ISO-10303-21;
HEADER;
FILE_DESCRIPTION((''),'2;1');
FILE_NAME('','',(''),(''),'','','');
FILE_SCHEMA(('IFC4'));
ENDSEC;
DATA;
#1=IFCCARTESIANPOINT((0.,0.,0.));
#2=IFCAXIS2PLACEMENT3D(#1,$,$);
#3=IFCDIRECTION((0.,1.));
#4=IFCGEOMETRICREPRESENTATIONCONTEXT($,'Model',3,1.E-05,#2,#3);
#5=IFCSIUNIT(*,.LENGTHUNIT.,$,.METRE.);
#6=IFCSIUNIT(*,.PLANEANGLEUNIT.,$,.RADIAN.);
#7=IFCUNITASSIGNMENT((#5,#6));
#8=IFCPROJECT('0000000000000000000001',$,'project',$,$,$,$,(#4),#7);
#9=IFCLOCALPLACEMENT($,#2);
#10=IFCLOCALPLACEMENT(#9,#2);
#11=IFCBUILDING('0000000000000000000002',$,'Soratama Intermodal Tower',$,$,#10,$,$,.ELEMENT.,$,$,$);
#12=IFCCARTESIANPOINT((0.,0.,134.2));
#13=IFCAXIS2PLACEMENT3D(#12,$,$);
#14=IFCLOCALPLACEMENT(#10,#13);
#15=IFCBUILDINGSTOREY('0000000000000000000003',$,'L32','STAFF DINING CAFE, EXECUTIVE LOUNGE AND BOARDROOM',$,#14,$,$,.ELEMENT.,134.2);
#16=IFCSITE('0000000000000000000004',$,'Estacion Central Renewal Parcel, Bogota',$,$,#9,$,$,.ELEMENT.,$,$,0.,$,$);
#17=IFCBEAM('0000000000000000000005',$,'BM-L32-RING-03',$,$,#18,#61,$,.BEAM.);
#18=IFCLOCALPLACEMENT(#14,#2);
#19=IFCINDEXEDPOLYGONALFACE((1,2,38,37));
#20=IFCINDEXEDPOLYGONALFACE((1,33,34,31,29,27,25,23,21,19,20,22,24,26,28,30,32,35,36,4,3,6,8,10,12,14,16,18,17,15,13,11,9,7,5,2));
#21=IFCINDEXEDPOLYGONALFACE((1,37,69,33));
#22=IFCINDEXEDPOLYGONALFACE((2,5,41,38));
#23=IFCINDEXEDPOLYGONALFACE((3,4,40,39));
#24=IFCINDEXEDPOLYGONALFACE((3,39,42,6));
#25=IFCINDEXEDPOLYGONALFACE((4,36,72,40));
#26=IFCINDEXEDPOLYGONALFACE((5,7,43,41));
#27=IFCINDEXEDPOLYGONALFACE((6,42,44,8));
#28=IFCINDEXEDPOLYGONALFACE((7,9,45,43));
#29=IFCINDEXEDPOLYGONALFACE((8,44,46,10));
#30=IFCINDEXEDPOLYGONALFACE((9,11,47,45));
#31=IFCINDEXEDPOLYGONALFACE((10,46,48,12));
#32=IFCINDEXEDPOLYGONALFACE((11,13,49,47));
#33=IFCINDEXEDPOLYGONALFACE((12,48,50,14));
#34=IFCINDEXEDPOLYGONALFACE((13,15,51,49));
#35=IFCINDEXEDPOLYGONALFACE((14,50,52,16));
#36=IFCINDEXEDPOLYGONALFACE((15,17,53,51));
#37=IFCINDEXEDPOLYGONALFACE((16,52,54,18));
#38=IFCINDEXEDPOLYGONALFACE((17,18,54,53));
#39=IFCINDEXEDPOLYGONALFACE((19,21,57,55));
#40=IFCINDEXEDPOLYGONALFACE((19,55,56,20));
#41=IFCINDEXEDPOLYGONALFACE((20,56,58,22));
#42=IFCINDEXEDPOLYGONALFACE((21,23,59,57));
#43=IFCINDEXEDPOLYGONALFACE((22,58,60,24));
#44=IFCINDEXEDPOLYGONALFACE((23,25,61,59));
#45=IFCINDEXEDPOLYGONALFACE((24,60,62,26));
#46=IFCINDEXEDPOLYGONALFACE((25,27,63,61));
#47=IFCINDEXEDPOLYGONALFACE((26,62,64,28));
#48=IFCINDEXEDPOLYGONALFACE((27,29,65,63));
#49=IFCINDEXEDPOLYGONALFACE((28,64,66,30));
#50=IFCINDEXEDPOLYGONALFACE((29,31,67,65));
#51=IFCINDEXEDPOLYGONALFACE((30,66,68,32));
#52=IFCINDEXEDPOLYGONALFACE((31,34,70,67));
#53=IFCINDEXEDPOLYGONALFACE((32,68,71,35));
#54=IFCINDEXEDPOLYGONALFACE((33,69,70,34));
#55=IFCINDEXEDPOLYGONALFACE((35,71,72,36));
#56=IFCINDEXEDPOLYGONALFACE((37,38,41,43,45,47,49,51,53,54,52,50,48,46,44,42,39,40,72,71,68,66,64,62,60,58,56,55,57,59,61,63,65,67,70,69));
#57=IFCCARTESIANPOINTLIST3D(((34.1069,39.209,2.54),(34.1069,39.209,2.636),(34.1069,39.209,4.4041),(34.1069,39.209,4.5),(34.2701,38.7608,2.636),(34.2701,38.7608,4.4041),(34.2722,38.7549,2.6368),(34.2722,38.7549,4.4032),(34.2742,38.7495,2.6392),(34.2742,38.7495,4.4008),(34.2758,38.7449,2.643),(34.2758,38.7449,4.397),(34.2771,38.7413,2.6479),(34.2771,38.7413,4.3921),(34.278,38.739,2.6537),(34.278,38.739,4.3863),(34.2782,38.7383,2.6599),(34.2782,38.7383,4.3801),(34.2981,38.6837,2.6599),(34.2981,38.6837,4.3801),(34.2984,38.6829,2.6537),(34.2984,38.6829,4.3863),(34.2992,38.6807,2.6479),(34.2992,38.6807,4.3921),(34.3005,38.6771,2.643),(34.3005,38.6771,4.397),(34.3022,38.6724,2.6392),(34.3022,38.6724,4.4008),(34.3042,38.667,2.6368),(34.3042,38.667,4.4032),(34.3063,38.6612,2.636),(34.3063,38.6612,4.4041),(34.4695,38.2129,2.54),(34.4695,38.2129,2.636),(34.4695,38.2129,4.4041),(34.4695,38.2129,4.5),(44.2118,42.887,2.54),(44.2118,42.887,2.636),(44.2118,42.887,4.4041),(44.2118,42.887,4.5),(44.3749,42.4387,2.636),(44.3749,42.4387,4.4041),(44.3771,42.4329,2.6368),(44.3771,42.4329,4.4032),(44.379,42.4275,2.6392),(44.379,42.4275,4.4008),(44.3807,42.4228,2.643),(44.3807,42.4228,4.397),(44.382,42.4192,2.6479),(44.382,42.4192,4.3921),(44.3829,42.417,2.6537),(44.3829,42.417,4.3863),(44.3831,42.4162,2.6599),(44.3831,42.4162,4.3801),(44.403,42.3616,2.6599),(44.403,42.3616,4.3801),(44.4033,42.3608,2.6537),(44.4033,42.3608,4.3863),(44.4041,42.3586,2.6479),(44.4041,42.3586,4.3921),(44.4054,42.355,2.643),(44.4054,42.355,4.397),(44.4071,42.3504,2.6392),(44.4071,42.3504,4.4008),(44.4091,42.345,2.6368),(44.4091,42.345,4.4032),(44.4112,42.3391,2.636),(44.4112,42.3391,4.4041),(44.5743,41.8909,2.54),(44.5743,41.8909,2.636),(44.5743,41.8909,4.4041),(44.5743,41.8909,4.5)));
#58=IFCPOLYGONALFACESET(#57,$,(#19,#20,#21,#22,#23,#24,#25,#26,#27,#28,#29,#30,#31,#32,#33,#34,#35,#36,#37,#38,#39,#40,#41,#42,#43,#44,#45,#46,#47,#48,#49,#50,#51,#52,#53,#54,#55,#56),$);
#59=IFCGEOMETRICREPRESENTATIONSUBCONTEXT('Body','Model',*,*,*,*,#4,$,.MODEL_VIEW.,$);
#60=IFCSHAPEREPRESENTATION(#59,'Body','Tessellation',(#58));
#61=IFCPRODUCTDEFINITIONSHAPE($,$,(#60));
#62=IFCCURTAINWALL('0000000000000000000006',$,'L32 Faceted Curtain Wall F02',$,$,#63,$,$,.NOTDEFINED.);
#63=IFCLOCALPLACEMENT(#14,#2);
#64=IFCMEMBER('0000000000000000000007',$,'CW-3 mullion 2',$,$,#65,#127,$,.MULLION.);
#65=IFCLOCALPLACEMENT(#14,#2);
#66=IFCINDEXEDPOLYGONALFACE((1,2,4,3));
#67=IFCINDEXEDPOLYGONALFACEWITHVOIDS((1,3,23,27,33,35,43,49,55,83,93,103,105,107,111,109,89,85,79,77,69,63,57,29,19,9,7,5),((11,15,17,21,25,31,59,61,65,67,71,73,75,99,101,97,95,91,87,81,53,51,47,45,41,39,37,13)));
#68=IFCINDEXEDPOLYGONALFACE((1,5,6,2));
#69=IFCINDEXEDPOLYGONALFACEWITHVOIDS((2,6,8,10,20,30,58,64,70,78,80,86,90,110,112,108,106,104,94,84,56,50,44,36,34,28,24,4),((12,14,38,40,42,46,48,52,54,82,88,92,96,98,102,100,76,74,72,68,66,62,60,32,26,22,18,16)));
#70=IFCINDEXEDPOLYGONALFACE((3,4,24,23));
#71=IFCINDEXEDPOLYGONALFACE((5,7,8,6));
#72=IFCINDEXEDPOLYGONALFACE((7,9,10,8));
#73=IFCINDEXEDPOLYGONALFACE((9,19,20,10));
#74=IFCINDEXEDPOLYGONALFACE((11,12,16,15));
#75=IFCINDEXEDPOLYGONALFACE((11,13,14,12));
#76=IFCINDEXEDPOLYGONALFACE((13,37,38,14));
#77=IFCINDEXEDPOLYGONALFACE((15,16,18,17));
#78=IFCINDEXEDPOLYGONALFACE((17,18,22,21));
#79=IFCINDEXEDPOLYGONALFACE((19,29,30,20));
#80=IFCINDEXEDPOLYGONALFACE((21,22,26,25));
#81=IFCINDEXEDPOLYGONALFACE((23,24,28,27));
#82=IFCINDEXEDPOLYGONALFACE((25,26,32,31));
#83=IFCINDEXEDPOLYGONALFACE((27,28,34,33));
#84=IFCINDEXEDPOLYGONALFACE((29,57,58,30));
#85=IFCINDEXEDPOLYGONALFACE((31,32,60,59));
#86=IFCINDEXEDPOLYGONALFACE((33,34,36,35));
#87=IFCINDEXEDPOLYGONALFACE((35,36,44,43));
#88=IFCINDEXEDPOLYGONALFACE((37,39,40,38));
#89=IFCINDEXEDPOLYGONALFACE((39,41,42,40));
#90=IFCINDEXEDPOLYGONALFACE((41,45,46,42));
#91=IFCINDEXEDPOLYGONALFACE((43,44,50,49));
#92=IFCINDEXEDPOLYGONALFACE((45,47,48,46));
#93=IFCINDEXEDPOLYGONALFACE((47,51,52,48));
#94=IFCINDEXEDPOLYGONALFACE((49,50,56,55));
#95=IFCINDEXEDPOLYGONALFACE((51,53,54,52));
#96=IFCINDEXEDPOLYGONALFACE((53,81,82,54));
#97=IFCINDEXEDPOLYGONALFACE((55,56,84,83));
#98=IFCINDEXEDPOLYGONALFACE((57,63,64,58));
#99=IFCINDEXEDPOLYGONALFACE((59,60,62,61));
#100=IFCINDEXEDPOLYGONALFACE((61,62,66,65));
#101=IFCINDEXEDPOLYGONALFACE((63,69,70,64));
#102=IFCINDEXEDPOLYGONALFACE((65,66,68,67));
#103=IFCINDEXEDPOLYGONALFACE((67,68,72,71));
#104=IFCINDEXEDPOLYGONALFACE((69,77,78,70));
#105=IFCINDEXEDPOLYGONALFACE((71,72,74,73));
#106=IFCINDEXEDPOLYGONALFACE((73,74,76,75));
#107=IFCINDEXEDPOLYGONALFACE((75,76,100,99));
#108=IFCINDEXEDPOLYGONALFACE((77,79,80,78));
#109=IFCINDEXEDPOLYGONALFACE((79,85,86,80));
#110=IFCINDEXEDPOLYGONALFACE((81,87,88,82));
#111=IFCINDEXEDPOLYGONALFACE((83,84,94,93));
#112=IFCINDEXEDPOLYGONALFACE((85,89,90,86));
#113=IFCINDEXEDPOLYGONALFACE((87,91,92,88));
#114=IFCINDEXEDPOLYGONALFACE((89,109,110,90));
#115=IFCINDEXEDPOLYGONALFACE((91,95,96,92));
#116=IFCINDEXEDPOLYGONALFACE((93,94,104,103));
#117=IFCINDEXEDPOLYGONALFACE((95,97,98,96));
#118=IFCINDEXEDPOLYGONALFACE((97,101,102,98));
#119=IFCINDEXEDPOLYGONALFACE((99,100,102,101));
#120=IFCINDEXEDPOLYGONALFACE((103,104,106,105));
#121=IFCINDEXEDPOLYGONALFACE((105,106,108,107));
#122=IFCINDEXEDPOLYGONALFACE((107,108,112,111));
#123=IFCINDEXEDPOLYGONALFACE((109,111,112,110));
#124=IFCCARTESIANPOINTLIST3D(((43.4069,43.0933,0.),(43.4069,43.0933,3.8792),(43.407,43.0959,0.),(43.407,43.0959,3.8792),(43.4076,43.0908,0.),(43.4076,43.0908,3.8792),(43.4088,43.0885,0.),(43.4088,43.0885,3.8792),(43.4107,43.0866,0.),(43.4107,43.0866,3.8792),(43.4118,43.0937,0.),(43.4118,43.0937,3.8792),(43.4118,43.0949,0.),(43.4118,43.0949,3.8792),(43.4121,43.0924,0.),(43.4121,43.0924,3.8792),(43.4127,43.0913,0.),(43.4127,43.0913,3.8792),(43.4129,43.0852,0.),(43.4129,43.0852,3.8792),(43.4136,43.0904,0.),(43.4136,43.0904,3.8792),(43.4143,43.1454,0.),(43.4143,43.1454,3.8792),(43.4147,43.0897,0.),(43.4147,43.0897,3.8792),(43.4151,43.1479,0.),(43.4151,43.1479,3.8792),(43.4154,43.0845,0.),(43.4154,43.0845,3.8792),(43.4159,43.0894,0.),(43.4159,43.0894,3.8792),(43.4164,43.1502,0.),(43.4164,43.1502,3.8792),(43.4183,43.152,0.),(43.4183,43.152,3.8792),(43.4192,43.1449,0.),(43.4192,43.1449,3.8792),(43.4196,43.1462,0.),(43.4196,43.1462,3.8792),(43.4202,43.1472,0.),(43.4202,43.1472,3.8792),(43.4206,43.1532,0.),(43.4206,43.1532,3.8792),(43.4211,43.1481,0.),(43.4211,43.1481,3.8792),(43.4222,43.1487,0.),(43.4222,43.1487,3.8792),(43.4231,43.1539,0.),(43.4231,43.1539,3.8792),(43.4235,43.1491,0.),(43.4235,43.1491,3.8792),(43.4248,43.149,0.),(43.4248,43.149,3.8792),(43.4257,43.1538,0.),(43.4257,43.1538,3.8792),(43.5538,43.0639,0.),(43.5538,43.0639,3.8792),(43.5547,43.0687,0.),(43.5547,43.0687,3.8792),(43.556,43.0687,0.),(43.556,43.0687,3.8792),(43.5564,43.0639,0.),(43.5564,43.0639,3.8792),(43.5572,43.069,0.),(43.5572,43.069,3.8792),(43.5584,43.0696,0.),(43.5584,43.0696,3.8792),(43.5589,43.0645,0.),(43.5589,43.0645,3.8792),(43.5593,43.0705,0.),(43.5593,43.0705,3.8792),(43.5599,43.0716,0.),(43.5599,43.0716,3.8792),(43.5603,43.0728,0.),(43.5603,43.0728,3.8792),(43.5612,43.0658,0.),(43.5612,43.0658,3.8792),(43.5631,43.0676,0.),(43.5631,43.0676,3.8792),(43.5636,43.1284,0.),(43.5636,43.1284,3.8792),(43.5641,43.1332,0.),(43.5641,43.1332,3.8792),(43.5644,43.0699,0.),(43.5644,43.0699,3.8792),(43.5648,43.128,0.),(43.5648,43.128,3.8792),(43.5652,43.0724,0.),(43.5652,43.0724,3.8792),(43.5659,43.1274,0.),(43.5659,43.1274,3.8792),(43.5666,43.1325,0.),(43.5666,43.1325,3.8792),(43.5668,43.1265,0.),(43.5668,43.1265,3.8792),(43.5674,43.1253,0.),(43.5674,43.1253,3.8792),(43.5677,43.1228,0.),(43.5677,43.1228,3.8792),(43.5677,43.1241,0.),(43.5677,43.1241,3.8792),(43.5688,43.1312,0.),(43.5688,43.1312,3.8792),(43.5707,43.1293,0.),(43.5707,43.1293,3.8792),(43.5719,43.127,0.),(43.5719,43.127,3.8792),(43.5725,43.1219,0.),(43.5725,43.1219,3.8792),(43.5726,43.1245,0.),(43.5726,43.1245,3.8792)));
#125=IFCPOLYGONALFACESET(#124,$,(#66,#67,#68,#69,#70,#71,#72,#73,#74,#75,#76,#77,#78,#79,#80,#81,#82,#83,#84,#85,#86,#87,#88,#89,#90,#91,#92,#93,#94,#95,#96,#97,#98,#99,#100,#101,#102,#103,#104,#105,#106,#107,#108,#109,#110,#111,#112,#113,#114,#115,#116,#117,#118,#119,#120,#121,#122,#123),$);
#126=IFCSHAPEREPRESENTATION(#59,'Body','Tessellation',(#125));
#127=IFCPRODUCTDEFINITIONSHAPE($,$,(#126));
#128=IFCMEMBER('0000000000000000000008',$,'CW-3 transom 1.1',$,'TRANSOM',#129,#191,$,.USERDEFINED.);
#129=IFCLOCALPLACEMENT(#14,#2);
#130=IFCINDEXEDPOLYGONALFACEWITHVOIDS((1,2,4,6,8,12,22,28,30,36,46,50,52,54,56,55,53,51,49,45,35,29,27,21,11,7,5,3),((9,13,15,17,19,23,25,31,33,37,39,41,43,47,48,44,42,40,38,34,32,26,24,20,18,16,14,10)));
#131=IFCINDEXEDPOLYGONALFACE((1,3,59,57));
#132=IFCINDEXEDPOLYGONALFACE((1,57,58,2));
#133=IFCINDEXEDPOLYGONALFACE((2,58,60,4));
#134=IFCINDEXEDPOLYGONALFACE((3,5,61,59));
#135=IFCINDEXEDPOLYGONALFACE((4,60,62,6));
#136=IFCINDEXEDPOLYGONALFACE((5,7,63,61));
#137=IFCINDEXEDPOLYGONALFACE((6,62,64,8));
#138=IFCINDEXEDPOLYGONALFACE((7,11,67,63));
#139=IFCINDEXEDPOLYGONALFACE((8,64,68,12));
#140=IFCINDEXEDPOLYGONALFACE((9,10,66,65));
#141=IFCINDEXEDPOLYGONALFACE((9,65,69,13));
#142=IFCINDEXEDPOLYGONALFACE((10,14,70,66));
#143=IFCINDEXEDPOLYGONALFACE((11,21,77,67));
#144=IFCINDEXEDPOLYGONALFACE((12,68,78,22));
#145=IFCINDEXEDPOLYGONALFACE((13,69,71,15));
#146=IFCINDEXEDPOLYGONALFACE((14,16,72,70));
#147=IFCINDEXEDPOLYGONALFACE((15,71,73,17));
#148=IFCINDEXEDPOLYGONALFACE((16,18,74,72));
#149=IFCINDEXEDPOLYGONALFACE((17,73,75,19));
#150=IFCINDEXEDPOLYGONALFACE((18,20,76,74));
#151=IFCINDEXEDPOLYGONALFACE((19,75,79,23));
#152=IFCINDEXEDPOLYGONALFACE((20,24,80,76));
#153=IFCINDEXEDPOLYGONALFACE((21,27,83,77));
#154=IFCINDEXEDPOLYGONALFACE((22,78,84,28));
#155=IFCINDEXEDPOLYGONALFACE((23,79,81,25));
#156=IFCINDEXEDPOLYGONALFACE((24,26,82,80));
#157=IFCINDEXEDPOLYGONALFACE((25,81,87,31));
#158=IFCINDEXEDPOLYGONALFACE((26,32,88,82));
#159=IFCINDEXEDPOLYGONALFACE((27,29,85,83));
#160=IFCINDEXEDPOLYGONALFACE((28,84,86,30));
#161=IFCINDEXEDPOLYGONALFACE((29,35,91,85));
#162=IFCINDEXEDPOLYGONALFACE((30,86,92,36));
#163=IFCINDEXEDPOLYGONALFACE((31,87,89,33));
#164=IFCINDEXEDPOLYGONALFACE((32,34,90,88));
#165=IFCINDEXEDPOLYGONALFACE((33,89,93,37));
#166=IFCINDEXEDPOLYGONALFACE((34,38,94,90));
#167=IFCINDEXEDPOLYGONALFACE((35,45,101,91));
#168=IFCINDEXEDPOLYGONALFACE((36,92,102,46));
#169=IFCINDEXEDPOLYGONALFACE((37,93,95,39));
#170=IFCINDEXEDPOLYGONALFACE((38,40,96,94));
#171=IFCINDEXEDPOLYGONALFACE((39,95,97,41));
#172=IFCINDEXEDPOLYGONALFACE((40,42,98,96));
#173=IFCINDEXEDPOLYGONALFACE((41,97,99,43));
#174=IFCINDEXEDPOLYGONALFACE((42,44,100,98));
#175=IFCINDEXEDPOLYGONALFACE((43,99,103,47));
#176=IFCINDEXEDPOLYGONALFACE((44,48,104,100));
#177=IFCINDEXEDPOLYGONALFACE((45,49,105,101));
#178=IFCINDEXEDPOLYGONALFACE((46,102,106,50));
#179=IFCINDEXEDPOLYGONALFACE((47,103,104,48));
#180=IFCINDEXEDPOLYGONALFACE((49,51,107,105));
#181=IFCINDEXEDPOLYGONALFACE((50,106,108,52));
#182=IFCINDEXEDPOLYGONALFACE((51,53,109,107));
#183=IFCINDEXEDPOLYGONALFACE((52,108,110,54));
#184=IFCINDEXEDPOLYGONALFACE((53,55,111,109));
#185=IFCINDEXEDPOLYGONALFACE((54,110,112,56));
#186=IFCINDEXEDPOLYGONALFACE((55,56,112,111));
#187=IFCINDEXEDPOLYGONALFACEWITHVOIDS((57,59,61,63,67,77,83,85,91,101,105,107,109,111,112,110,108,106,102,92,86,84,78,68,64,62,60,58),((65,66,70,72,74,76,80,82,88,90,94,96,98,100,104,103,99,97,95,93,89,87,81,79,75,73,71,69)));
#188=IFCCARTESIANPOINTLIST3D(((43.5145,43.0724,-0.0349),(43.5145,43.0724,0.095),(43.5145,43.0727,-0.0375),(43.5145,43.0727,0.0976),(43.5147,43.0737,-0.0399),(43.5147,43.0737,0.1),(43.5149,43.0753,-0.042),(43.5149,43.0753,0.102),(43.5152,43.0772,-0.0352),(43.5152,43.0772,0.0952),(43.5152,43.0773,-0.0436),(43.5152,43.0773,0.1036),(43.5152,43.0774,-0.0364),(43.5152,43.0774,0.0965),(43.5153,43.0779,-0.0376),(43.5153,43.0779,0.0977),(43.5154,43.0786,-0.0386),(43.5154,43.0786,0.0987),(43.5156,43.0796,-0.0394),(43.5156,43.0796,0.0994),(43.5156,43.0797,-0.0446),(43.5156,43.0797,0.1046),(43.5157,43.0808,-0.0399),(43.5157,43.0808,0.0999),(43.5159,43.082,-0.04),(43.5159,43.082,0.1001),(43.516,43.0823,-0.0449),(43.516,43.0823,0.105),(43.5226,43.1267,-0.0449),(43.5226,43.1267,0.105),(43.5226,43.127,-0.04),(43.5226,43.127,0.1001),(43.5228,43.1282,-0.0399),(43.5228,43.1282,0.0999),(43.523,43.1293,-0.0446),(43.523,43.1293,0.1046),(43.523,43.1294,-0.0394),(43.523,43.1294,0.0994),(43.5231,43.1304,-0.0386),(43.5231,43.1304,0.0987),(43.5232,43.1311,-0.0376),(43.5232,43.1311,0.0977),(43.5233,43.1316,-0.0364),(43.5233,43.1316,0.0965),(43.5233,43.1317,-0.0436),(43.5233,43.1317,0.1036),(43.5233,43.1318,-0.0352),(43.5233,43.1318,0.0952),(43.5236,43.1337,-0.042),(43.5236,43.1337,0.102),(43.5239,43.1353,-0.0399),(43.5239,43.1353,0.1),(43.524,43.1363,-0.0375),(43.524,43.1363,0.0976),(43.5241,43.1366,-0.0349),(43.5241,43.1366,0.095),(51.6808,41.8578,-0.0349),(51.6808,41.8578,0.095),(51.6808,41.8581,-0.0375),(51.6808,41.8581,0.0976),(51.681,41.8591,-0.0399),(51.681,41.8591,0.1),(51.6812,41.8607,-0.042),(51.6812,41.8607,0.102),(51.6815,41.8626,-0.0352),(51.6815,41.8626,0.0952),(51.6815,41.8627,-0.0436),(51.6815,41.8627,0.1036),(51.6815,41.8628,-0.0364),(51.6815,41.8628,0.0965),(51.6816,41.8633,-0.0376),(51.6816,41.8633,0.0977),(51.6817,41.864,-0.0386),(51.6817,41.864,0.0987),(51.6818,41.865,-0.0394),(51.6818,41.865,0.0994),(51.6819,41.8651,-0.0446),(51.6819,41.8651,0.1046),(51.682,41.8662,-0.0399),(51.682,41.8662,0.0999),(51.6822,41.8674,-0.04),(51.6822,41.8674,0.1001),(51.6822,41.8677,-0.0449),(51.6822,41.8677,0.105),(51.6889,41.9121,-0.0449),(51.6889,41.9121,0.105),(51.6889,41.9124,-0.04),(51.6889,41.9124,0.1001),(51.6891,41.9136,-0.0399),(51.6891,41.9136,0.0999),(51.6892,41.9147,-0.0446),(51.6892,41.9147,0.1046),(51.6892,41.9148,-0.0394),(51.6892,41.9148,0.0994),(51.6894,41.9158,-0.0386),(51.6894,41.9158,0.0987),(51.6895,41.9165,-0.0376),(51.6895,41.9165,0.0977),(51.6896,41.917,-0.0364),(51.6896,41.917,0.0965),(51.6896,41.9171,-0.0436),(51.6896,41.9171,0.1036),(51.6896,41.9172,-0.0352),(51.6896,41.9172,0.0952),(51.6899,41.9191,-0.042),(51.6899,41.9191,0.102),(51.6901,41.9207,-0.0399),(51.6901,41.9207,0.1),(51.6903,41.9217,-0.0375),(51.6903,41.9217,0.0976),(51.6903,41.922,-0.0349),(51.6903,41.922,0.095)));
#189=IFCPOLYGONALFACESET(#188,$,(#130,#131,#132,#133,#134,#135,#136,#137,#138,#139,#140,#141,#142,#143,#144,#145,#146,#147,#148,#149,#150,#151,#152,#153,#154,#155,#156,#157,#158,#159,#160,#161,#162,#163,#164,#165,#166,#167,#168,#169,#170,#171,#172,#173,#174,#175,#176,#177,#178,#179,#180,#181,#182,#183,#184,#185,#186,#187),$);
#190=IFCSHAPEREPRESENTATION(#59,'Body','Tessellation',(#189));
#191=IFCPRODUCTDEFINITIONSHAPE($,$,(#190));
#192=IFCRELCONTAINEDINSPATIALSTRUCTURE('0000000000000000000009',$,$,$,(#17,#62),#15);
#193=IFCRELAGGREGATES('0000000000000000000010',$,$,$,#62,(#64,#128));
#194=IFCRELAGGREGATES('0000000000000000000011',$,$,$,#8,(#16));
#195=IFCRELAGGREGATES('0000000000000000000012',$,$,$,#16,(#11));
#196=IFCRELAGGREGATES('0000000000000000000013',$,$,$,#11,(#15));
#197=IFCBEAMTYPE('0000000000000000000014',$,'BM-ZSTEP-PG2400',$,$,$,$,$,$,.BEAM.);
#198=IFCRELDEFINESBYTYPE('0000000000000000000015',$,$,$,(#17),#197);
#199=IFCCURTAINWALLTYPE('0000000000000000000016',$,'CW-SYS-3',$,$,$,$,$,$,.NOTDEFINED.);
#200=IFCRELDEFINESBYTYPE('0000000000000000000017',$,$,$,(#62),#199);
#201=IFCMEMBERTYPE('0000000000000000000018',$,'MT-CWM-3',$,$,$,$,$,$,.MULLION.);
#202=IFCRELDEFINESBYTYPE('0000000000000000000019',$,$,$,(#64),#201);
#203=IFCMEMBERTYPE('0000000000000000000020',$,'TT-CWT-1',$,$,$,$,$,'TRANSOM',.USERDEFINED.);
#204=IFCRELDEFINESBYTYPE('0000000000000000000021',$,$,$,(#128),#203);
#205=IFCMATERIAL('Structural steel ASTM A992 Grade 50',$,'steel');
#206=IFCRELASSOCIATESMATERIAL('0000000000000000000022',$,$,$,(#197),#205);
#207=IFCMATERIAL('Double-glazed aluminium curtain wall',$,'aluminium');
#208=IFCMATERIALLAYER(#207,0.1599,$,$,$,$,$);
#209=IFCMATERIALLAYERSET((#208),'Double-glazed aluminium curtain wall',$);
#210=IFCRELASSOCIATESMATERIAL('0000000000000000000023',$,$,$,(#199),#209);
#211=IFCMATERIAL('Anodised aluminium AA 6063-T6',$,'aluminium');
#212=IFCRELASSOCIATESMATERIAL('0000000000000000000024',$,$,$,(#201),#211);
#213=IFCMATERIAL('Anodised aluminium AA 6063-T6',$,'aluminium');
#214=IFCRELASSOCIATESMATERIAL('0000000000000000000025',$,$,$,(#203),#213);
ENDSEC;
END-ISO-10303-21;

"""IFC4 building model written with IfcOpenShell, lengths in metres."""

from ifc_helpers import new_model, si_unit, direction, frame, origin, origin_2d, place, context, subcontext, project, spatial, hollow_rectangle, i_section, extrude, material, layer, layer_set, material_profile, profile_set, type_object, element, aggregate, save


model = new_model("IFC4")

# Units and contexts
model_context = context("Model", 3, precision=1e-05, world=origin(), true_north=direction((0.0, 1.0)))
body_context = subcontext(model_context, "Body", "Model", "MODEL_VIEW")
ifc_project = project(units=[si_unit("LENGTHUNIT", "METRE"), si_unit("PLANEANGLEUNIT", "RADIAN")], contexts=[model_context])

# Site, building, storey
site_placement = place(None, origin())
site = spatial("IfcSite", under=ifc_project, at=site_placement, Name="Estacion Central Renewal Parcel, Bogota", CompositionType="ELEMENT", RefElevation=0.0)
building_placement = place(site_placement, origin())
building = spatial("IfcBuilding", under=site, at=building_placement, Name="Soratama Intermodal Tower", CompositionType="ELEMENT")
storey_placement = place(building_placement, frame((0.0, 0.0, 134.2)))
storey = spatial("IfcBuildingStorey", under=building, at=storey_placement, Name="L32", Description="STAFF DINING CAFE, EXECUTIVE LOUNGE AND BOARDROOM", CompositionType="ELEMENT", Elevation=134.2)

# Beam
ifc_material_1 = material(Name="Structural steel ASTM A992 Grade 50", Category="steel")
ifc_material_profile_1 = material_profile(ifc_material_1, i_section(OverallWidth=1.0601, OverallDepth=1.96, WebThickness=0.0581, FlangeThickness=0.0959, FilletRadius=0.0239, at=origin_2d()), Name="PG2400X900")
ifc_profile_set_1 = profile_set([ifc_material_profile_1], Name="Structural steel ASTM A992 Grade 50")
beam_type_1 = type_object("IfcBeamType", Name="BM-ZSTEP-PG2400", PredefinedType="BEAM", material=ifc_profile_set_1)
beam_1_placement = place(storey_placement, frame((44.3931, 42.3889, 3.52), z_axis=(-0.939691, -0.342026, 0.0), x_axis=(0.342026, -0.939691, 0.0)))
element("IfcBeam", 1, at=beam_1_placement, inside=storey, type_object=beam_type_1, Name="BM-L32-RING-03", PredefinedType="BEAM", context=body_context, shape_type="SweptSolid", body=[
    extrude(i_section(OverallWidth=1.0601, OverallDepth=1.96, WebThickness=0.0581, FlangeThickness=0.0959, FilletRadius=0.0239, at=origin_2d()), origin(), (0.0, 0.0, 1.0), 10.7534),
])

# Curtain wall, members
ifc_material_2 = material(Name="Double-glazed aluminium curtain wall", Category="aluminium")
ifc_layer_1 = layer(ifc_material_2, 0.1599)
ifc_layer_set_1 = layer_set([ifc_layer_1], Name="Double-glazed aluminium curtain wall")
curtain_wall_type = type_object("IfcCurtainWallType", Name="CW-SYS-3", PredefinedType="NOTDEFINED", material=ifc_layer_set_1)
curtain_wall_placement = place(storey_placement, origin())
curtain_wall = element("IfcCurtainWall", 2, at=curtain_wall_placement, inside=storey, type_object=curtain_wall_type, Name="L32 Faceted Curtain Wall F02", PredefinedType="NOTDEFINED")
ifc_material_3 = material(Name="Anodised aluminium AA 6063-T6", Category="aluminium")
ifc_material_profile_2 = material_profile(ifc_material_3, hollow_rectangle(XDim=0.0701, YDim=0.1599, WallThickness=0.0049, InnerFilletRadius=0.0049, OuterFilletRadius=0.01, at=origin_2d()), Name="CWM160X70X5")
ifc_profile_set_2 = profile_set([ifc_material_profile_2], Name="Anodised aluminium AA 6063-T6")
member_type_1 = type_object("IfcMemberType", Name="MT-CWM-3", PredefinedType="MULLION", material=ifc_profile_set_2)
member_1_placement = place(storey_placement, frame((43.4897, 43.1089, 0.0), z_axis=(0.0, 0.0, 1.0), x_axis=(-0.14712, -0.989119, 0.0)))
member_1 = element("IfcMember", 3, at=member_1_placement, type_object=member_type_1, Name="CW-3 mullion 2", PredefinedType="MULLION", context=body_context, shape_type="SweptSolid", body=[
    extrude(hollow_rectangle(XDim=0.0701, YDim=0.1599, WallThickness=0.0049, InnerFilletRadius=0.0049, OuterFilletRadius=0.01, at=origin_2d()), origin(), (0.0, 0.0, 1.0), 3.8792),
])
ifc_material_4 = material(Name="Anodised aluminium AA 6063-T6", Category="aluminium")
ifc_material_profile_3 = material_profile(ifc_material_4, hollow_rectangle(XDim=0.0649, YDim=0.1499, WallThickness=0.0049, InnerFilletRadius=0.0049, OuterFilletRadius=0.01, at=origin_2d()), Name="CWT150X65X5")
ifc_profile_set_3 = profile_set([ifc_material_profile_3], Name="Anodised aluminium AA 6063-T6")
member_type_2 = type_object("IfcMemberType", Name="TT-CWT-1", ElementType="TRANSOM", PredefinedType="USERDEFINED", material=ifc_profile_set_3)
member_2_placement = place(storey_placement, frame((51.6855, 41.8899, 0.03), z_axis=(-0.989119, 0.147116, 0.0), x_axis=(-0.147116, -0.989119, 0.0)))
member_2 = element("IfcMember", 4, at=member_2_placement, type_object=member_type_2, Name="CW-3 transom 1.1", ObjectType="TRANSOM", PredefinedType="USERDEFINED", context=body_context, shape_type="SweptSolid", body=[
    extrude(hollow_rectangle(XDim=0.0649, YDim=0.1499, WallThickness=0.0049, InnerFilletRadius=0.0049, OuterFilletRadius=0.01, at=origin_2d()), origin(), (0.0, 0.0, 1.0), 8.2561),
])
aggregate(curtain_wall, [member_1, member_2])

save(model, "model.ifc")
